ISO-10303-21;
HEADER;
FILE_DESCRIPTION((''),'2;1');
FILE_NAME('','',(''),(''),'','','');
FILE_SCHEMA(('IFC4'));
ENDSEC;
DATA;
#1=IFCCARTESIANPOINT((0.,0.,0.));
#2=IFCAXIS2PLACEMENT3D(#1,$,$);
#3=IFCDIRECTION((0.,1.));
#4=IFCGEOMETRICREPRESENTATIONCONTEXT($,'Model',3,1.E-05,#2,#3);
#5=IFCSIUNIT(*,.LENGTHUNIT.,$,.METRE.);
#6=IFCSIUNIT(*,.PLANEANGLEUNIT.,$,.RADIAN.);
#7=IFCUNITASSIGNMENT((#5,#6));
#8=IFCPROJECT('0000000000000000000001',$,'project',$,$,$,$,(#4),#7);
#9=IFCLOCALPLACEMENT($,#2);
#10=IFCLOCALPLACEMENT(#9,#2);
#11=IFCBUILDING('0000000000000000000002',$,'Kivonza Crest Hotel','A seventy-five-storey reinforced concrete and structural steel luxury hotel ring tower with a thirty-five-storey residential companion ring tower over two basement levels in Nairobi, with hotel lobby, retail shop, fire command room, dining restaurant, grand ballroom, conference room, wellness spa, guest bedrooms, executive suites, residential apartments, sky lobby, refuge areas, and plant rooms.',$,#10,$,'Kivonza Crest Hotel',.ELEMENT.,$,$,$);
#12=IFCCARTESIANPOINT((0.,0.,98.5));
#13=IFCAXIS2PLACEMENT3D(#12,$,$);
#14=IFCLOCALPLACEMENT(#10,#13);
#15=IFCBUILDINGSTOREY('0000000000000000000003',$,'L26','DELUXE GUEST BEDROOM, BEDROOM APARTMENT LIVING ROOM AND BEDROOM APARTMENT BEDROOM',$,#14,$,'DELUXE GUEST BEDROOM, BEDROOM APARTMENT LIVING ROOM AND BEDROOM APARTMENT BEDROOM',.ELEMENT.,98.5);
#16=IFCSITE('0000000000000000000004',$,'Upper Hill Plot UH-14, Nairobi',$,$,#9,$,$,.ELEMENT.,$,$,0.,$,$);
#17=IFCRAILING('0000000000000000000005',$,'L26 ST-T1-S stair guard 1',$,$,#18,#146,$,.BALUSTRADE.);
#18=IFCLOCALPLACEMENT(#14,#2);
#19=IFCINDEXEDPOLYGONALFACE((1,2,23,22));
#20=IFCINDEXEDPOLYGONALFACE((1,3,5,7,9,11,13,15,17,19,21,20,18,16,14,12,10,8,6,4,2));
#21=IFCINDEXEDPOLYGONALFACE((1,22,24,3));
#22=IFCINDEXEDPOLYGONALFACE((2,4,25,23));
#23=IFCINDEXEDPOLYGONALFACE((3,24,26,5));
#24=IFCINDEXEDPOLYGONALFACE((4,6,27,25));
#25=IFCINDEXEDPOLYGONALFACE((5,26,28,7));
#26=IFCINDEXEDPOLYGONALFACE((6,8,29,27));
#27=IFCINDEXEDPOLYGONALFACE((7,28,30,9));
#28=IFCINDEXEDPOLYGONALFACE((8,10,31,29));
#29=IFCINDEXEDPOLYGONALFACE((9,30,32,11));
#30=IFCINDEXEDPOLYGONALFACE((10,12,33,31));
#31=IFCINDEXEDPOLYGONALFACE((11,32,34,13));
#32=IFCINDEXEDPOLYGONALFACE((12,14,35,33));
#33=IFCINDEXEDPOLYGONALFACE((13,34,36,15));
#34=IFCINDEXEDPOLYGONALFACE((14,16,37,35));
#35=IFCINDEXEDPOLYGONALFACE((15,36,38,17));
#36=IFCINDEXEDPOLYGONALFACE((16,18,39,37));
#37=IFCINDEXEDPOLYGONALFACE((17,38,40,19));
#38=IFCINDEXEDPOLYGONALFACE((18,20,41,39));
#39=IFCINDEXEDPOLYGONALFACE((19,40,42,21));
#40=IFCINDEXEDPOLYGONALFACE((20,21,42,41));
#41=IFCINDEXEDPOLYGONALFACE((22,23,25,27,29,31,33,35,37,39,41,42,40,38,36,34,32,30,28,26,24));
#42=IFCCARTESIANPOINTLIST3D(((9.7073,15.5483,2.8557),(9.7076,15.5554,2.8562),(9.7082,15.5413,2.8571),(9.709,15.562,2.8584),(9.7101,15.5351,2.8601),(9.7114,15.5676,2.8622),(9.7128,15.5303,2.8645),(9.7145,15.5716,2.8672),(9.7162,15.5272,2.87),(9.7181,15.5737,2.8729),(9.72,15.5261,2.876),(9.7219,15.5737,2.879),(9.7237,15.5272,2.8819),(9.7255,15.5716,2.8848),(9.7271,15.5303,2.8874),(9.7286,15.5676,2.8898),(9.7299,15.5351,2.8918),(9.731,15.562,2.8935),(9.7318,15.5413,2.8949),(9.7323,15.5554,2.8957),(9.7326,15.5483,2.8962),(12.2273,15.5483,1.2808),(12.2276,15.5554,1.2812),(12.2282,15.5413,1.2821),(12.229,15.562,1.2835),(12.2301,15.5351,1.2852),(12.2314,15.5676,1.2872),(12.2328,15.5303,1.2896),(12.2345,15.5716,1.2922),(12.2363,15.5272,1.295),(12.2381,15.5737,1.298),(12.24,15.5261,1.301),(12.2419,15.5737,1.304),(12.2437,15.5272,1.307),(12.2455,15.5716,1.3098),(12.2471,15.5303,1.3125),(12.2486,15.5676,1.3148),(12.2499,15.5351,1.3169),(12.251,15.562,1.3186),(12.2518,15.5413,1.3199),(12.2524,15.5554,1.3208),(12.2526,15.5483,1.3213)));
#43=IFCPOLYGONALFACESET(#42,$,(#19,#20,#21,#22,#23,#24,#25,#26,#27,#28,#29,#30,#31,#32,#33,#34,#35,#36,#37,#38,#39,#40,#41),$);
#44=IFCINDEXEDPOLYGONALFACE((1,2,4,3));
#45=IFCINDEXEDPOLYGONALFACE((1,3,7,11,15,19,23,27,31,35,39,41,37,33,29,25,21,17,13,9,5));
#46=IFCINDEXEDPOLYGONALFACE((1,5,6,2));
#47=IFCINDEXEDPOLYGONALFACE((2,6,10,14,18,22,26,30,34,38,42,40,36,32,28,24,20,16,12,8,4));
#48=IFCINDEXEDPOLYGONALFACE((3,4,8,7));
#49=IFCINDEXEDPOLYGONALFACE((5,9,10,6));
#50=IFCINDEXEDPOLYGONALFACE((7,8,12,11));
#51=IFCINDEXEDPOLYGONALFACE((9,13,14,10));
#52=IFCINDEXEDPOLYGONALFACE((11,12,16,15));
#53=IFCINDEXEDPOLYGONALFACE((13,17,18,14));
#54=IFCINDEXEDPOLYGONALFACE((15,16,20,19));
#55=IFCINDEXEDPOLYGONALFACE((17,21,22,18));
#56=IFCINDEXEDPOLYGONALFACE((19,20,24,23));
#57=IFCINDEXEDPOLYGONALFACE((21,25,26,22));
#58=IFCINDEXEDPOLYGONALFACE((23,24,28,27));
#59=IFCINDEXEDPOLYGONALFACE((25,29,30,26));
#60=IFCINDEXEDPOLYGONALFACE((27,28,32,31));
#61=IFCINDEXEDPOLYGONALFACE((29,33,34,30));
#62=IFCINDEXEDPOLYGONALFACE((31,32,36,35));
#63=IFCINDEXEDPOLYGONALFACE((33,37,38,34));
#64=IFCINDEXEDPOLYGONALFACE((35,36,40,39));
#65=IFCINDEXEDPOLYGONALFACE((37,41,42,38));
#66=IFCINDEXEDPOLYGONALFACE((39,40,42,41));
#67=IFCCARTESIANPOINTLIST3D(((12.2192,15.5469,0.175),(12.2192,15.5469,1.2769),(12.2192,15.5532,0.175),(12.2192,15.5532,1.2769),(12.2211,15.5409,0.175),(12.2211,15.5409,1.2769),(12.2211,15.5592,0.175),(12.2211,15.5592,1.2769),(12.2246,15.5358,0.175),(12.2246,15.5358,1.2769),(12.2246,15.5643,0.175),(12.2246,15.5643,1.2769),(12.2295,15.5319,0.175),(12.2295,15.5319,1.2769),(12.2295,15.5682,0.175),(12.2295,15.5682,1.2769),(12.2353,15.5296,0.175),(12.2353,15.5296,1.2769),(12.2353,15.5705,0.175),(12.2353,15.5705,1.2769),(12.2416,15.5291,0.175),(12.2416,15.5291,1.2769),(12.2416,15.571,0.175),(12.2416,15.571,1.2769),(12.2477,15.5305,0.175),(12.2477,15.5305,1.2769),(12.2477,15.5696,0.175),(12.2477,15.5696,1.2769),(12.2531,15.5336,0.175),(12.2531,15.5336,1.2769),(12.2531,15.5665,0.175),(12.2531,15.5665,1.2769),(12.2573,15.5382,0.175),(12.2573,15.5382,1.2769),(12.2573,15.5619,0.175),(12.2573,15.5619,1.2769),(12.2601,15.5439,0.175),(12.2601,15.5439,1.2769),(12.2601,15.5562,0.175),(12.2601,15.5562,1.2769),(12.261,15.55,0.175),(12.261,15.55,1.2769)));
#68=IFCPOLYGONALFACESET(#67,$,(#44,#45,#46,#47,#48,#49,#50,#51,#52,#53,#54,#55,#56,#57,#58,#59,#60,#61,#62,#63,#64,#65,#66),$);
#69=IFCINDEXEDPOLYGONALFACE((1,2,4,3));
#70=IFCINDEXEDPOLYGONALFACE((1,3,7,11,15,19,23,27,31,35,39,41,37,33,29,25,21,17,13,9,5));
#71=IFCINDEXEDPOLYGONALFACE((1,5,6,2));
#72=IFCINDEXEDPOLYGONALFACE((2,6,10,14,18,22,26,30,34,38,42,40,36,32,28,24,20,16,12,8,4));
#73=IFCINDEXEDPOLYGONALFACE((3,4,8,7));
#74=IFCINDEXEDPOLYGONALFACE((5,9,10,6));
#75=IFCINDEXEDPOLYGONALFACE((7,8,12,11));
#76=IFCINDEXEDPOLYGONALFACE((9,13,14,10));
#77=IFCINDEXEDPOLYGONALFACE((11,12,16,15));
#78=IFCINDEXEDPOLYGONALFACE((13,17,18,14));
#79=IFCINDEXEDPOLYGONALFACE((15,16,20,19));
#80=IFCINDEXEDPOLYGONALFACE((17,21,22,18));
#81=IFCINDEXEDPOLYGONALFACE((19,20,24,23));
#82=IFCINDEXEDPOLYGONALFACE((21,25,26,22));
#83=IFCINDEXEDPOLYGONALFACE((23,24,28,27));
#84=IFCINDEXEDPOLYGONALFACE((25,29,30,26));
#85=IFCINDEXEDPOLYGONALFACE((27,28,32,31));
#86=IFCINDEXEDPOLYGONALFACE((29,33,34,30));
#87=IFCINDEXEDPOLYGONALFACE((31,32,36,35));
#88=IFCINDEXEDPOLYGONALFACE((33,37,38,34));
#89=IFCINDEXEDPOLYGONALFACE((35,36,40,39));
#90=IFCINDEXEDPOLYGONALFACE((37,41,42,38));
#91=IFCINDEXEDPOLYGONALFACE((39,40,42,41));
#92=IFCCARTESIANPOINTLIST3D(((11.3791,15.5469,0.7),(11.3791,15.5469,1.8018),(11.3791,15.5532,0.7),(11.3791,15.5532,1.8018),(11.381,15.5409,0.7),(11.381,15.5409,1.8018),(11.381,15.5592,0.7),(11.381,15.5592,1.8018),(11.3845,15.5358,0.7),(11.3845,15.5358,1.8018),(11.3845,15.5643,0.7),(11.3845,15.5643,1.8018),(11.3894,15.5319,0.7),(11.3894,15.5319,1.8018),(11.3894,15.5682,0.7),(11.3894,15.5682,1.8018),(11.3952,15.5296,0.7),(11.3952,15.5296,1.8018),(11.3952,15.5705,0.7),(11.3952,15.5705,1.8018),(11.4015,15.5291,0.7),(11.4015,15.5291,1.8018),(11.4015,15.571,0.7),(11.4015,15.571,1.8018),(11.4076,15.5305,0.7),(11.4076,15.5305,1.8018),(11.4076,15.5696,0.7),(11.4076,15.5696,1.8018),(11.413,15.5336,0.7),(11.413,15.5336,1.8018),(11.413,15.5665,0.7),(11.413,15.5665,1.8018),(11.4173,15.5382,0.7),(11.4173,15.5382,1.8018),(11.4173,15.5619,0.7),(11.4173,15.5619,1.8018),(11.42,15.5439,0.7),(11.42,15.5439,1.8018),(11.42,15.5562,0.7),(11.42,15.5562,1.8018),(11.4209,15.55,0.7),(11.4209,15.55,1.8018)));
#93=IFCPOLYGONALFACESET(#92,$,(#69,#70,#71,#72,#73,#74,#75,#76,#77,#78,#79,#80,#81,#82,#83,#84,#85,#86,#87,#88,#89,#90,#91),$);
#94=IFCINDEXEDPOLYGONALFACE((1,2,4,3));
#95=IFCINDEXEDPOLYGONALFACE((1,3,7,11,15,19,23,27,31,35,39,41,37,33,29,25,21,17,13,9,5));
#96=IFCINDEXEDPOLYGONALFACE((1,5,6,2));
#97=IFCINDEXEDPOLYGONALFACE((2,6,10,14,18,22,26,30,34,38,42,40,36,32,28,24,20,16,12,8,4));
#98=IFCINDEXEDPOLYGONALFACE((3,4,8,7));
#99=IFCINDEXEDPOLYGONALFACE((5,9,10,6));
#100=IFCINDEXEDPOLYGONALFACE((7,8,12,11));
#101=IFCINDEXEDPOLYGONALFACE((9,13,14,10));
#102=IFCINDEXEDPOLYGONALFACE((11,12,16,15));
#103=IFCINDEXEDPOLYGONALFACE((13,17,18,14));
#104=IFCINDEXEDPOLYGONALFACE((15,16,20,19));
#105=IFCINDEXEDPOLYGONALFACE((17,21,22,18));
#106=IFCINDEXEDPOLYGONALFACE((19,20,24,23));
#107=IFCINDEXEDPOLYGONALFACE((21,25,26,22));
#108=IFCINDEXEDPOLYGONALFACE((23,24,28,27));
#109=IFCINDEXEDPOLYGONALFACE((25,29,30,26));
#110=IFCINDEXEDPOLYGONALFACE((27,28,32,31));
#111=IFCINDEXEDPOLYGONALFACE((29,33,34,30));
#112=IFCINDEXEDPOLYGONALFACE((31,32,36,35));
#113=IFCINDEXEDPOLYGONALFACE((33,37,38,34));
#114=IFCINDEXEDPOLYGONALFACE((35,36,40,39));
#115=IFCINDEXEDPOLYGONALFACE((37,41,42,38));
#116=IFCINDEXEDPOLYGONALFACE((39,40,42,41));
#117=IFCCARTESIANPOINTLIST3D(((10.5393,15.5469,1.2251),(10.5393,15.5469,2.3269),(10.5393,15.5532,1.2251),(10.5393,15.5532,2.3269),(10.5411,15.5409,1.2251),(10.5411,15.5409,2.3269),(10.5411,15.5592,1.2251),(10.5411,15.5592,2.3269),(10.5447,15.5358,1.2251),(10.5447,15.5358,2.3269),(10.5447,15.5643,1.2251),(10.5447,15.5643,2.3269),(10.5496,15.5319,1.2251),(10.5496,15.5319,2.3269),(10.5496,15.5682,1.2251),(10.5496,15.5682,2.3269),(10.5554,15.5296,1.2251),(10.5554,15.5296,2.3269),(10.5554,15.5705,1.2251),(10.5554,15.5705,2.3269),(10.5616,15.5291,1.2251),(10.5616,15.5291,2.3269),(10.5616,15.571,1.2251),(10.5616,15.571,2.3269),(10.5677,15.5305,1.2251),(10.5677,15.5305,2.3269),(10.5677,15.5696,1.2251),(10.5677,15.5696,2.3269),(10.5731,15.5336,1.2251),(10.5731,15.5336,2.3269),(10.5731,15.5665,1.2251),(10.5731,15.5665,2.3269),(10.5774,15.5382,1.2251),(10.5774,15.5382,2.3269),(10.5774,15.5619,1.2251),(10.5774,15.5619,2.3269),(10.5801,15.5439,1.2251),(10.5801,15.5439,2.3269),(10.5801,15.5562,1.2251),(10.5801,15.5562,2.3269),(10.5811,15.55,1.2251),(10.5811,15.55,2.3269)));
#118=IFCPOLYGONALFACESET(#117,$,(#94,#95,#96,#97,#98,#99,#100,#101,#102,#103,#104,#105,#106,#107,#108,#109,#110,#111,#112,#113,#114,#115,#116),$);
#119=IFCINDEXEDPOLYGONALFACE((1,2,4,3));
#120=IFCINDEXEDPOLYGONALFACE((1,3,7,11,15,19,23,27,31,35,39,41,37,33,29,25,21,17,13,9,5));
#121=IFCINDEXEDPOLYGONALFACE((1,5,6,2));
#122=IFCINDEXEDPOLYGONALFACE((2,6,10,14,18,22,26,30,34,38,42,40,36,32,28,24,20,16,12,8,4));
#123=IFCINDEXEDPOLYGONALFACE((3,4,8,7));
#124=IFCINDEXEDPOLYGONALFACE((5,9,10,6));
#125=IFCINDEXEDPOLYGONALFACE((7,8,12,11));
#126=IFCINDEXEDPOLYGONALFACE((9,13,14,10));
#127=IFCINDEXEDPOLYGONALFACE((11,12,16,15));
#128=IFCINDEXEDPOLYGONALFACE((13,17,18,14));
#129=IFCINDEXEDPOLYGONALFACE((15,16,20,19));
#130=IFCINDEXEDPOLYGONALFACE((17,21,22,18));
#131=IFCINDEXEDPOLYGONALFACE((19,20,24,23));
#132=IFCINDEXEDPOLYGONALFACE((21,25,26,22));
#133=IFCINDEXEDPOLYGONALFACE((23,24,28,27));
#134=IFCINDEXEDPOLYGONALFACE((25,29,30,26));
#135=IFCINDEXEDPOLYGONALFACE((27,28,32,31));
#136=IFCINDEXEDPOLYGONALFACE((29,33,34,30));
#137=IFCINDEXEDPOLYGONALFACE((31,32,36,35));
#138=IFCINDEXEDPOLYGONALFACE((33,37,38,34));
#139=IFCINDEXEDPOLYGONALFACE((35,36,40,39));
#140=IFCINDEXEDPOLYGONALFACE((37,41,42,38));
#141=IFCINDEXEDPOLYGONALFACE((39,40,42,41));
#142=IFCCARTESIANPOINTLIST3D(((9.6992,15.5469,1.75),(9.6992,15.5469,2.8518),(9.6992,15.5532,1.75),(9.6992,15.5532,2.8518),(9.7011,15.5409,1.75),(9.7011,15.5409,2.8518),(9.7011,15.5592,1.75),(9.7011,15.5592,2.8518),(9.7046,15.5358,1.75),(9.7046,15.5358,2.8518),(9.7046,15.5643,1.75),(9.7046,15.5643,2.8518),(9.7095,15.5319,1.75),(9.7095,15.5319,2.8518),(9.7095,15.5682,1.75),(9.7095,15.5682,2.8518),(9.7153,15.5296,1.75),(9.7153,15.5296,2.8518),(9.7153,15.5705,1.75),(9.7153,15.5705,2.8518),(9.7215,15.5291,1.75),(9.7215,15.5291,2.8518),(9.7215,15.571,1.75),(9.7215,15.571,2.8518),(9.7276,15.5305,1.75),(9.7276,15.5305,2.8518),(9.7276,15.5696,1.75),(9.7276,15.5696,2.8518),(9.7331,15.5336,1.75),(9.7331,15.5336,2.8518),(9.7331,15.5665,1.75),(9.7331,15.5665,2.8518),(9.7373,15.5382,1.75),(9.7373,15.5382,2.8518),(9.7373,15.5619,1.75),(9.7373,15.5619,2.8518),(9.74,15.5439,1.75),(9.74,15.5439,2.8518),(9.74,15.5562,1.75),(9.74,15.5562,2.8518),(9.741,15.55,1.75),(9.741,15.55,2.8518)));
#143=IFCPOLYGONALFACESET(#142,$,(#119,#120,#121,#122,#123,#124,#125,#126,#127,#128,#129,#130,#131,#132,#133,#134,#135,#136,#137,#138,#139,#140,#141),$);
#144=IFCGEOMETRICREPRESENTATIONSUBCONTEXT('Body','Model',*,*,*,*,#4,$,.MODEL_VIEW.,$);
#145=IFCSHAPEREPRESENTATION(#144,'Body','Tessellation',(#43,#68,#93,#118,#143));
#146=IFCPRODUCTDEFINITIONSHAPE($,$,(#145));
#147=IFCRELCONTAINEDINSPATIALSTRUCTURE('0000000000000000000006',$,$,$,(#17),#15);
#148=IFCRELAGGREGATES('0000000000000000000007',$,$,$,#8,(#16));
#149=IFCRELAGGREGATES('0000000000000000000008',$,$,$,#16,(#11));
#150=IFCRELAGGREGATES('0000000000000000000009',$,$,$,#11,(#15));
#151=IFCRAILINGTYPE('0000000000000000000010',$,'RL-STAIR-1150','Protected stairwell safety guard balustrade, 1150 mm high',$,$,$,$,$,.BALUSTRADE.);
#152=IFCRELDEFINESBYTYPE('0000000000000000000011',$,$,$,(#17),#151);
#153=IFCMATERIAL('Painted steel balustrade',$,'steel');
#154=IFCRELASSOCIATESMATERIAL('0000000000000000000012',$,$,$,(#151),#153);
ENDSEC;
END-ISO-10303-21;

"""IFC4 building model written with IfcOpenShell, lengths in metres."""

from ifc_helpers import new_model, si_unit, direction, frame, origin, origin_2d, place, context, subcontext, project, spatial, circle, extrude, material, type_object, element, save


model = new_model("IFC4")

# Units and contexts
model_context = context("Model", 3, precision=1e-05, world=origin(), true_north=direction((0.0, 1.0)))
body_context = subcontext(model_context, "Body", "Model", "MODEL_VIEW")
ifc_project = project(units=[si_unit("LENGTHUNIT", "METRE"), si_unit("PLANEANGLEUNIT", "RADIAN")], contexts=[model_context])

# Site, building, storey
site_placement = place(None, origin())
site = spatial("IfcSite", under=ifc_project, at=site_placement, Name="Upper Hill Plot UH-14, Nairobi", CompositionType="ELEMENT", RefElevation=0.0)
building_placement = place(site_placement, origin())
building = spatial("IfcBuilding", under=site, at=building_placement, Name="Kivonza Crest Hotel", Description="A seventy-five-storey reinforced concrete and structural steel luxury hotel ring tower with a thirty-five-storey residential companion ring tower over two basement levels in Nairobi, with hotel lobby, retail shop, fire command room, dining restaurant, grand ballroom, conference room, wellness spa, guest bedrooms, executive suites, residential apartments, sky lobby, refuge areas, and plant rooms.", LongName="Kivonza Crest Hotel", CompositionType="ELEMENT")
storey_placement = place(building_placement, frame((0.0, 0.0, 98.5)))
storey = spatial("IfcBuildingStorey", under=building, at=storey_placement, Name="L26", Description="DELUXE GUEST BEDROOM, BEDROOM APARTMENT LIVING ROOM AND BEDROOM APARTMENT BEDROOM", LongName="DELUXE GUEST BEDROOM, BEDROOM APARTMENT LIVING ROOM AND BEDROOM APARTMENT BEDROOM", CompositionType="ELEMENT", Elevation=98.5)

# Railing
ifc_material_1 = material(Name="Painted steel balustrade", Category="steel")
railing_type_1 = type_object("IfcRailingType", Name="RL-STAIR-1150", Description="Protected stairwell safety guard balustrade, 1150 mm high", PredefinedType="BALUSTRADE", material=ifc_material_1)
railing_1_placement = place(storey_placement, frame((12.24, 15.55, 0.175)))
element("IfcRailing", 1, at=railing_1_placement, inside=storey, type_object=railing_type_1, Name="L26 ST-T1-S stair guard 1", PredefinedType="BALUSTRADE", context=body_context, shape_type="SweptSolid", body=[
    extrude(circle(Radius=0.0239, at=origin_2d()), frame((0.0, 0.0, 1.126), z_axis=(-0.848008, 0.0, 0.529984), x_axis=(0.0, -1.0, 0.0)), (0.0, 0.0, 1.0), 2.9717),
    extrude(circle(Radius=0.021, at=origin_2d()), origin(), (0.0, 0.0, 1.0), 1.1018),
    extrude(circle(Radius=0.021, at=origin_2d()), frame((-0.8401, 0.0, 0.5249)), (0.0, 0.0, 1.0), 1.1018),
    extrude(circle(Radius=0.021, at=origin_2d()), frame((-1.6799, 0.0, 1.05)), (0.0, 0.0, 1.0), 1.1018),
    extrude(circle(Radius=0.021, at=origin_2d()), frame((-2.52, 0.0, 1.575)), (0.0, 0.0, 1.0), 1.1018),
])

save(model, "model.ifc")
